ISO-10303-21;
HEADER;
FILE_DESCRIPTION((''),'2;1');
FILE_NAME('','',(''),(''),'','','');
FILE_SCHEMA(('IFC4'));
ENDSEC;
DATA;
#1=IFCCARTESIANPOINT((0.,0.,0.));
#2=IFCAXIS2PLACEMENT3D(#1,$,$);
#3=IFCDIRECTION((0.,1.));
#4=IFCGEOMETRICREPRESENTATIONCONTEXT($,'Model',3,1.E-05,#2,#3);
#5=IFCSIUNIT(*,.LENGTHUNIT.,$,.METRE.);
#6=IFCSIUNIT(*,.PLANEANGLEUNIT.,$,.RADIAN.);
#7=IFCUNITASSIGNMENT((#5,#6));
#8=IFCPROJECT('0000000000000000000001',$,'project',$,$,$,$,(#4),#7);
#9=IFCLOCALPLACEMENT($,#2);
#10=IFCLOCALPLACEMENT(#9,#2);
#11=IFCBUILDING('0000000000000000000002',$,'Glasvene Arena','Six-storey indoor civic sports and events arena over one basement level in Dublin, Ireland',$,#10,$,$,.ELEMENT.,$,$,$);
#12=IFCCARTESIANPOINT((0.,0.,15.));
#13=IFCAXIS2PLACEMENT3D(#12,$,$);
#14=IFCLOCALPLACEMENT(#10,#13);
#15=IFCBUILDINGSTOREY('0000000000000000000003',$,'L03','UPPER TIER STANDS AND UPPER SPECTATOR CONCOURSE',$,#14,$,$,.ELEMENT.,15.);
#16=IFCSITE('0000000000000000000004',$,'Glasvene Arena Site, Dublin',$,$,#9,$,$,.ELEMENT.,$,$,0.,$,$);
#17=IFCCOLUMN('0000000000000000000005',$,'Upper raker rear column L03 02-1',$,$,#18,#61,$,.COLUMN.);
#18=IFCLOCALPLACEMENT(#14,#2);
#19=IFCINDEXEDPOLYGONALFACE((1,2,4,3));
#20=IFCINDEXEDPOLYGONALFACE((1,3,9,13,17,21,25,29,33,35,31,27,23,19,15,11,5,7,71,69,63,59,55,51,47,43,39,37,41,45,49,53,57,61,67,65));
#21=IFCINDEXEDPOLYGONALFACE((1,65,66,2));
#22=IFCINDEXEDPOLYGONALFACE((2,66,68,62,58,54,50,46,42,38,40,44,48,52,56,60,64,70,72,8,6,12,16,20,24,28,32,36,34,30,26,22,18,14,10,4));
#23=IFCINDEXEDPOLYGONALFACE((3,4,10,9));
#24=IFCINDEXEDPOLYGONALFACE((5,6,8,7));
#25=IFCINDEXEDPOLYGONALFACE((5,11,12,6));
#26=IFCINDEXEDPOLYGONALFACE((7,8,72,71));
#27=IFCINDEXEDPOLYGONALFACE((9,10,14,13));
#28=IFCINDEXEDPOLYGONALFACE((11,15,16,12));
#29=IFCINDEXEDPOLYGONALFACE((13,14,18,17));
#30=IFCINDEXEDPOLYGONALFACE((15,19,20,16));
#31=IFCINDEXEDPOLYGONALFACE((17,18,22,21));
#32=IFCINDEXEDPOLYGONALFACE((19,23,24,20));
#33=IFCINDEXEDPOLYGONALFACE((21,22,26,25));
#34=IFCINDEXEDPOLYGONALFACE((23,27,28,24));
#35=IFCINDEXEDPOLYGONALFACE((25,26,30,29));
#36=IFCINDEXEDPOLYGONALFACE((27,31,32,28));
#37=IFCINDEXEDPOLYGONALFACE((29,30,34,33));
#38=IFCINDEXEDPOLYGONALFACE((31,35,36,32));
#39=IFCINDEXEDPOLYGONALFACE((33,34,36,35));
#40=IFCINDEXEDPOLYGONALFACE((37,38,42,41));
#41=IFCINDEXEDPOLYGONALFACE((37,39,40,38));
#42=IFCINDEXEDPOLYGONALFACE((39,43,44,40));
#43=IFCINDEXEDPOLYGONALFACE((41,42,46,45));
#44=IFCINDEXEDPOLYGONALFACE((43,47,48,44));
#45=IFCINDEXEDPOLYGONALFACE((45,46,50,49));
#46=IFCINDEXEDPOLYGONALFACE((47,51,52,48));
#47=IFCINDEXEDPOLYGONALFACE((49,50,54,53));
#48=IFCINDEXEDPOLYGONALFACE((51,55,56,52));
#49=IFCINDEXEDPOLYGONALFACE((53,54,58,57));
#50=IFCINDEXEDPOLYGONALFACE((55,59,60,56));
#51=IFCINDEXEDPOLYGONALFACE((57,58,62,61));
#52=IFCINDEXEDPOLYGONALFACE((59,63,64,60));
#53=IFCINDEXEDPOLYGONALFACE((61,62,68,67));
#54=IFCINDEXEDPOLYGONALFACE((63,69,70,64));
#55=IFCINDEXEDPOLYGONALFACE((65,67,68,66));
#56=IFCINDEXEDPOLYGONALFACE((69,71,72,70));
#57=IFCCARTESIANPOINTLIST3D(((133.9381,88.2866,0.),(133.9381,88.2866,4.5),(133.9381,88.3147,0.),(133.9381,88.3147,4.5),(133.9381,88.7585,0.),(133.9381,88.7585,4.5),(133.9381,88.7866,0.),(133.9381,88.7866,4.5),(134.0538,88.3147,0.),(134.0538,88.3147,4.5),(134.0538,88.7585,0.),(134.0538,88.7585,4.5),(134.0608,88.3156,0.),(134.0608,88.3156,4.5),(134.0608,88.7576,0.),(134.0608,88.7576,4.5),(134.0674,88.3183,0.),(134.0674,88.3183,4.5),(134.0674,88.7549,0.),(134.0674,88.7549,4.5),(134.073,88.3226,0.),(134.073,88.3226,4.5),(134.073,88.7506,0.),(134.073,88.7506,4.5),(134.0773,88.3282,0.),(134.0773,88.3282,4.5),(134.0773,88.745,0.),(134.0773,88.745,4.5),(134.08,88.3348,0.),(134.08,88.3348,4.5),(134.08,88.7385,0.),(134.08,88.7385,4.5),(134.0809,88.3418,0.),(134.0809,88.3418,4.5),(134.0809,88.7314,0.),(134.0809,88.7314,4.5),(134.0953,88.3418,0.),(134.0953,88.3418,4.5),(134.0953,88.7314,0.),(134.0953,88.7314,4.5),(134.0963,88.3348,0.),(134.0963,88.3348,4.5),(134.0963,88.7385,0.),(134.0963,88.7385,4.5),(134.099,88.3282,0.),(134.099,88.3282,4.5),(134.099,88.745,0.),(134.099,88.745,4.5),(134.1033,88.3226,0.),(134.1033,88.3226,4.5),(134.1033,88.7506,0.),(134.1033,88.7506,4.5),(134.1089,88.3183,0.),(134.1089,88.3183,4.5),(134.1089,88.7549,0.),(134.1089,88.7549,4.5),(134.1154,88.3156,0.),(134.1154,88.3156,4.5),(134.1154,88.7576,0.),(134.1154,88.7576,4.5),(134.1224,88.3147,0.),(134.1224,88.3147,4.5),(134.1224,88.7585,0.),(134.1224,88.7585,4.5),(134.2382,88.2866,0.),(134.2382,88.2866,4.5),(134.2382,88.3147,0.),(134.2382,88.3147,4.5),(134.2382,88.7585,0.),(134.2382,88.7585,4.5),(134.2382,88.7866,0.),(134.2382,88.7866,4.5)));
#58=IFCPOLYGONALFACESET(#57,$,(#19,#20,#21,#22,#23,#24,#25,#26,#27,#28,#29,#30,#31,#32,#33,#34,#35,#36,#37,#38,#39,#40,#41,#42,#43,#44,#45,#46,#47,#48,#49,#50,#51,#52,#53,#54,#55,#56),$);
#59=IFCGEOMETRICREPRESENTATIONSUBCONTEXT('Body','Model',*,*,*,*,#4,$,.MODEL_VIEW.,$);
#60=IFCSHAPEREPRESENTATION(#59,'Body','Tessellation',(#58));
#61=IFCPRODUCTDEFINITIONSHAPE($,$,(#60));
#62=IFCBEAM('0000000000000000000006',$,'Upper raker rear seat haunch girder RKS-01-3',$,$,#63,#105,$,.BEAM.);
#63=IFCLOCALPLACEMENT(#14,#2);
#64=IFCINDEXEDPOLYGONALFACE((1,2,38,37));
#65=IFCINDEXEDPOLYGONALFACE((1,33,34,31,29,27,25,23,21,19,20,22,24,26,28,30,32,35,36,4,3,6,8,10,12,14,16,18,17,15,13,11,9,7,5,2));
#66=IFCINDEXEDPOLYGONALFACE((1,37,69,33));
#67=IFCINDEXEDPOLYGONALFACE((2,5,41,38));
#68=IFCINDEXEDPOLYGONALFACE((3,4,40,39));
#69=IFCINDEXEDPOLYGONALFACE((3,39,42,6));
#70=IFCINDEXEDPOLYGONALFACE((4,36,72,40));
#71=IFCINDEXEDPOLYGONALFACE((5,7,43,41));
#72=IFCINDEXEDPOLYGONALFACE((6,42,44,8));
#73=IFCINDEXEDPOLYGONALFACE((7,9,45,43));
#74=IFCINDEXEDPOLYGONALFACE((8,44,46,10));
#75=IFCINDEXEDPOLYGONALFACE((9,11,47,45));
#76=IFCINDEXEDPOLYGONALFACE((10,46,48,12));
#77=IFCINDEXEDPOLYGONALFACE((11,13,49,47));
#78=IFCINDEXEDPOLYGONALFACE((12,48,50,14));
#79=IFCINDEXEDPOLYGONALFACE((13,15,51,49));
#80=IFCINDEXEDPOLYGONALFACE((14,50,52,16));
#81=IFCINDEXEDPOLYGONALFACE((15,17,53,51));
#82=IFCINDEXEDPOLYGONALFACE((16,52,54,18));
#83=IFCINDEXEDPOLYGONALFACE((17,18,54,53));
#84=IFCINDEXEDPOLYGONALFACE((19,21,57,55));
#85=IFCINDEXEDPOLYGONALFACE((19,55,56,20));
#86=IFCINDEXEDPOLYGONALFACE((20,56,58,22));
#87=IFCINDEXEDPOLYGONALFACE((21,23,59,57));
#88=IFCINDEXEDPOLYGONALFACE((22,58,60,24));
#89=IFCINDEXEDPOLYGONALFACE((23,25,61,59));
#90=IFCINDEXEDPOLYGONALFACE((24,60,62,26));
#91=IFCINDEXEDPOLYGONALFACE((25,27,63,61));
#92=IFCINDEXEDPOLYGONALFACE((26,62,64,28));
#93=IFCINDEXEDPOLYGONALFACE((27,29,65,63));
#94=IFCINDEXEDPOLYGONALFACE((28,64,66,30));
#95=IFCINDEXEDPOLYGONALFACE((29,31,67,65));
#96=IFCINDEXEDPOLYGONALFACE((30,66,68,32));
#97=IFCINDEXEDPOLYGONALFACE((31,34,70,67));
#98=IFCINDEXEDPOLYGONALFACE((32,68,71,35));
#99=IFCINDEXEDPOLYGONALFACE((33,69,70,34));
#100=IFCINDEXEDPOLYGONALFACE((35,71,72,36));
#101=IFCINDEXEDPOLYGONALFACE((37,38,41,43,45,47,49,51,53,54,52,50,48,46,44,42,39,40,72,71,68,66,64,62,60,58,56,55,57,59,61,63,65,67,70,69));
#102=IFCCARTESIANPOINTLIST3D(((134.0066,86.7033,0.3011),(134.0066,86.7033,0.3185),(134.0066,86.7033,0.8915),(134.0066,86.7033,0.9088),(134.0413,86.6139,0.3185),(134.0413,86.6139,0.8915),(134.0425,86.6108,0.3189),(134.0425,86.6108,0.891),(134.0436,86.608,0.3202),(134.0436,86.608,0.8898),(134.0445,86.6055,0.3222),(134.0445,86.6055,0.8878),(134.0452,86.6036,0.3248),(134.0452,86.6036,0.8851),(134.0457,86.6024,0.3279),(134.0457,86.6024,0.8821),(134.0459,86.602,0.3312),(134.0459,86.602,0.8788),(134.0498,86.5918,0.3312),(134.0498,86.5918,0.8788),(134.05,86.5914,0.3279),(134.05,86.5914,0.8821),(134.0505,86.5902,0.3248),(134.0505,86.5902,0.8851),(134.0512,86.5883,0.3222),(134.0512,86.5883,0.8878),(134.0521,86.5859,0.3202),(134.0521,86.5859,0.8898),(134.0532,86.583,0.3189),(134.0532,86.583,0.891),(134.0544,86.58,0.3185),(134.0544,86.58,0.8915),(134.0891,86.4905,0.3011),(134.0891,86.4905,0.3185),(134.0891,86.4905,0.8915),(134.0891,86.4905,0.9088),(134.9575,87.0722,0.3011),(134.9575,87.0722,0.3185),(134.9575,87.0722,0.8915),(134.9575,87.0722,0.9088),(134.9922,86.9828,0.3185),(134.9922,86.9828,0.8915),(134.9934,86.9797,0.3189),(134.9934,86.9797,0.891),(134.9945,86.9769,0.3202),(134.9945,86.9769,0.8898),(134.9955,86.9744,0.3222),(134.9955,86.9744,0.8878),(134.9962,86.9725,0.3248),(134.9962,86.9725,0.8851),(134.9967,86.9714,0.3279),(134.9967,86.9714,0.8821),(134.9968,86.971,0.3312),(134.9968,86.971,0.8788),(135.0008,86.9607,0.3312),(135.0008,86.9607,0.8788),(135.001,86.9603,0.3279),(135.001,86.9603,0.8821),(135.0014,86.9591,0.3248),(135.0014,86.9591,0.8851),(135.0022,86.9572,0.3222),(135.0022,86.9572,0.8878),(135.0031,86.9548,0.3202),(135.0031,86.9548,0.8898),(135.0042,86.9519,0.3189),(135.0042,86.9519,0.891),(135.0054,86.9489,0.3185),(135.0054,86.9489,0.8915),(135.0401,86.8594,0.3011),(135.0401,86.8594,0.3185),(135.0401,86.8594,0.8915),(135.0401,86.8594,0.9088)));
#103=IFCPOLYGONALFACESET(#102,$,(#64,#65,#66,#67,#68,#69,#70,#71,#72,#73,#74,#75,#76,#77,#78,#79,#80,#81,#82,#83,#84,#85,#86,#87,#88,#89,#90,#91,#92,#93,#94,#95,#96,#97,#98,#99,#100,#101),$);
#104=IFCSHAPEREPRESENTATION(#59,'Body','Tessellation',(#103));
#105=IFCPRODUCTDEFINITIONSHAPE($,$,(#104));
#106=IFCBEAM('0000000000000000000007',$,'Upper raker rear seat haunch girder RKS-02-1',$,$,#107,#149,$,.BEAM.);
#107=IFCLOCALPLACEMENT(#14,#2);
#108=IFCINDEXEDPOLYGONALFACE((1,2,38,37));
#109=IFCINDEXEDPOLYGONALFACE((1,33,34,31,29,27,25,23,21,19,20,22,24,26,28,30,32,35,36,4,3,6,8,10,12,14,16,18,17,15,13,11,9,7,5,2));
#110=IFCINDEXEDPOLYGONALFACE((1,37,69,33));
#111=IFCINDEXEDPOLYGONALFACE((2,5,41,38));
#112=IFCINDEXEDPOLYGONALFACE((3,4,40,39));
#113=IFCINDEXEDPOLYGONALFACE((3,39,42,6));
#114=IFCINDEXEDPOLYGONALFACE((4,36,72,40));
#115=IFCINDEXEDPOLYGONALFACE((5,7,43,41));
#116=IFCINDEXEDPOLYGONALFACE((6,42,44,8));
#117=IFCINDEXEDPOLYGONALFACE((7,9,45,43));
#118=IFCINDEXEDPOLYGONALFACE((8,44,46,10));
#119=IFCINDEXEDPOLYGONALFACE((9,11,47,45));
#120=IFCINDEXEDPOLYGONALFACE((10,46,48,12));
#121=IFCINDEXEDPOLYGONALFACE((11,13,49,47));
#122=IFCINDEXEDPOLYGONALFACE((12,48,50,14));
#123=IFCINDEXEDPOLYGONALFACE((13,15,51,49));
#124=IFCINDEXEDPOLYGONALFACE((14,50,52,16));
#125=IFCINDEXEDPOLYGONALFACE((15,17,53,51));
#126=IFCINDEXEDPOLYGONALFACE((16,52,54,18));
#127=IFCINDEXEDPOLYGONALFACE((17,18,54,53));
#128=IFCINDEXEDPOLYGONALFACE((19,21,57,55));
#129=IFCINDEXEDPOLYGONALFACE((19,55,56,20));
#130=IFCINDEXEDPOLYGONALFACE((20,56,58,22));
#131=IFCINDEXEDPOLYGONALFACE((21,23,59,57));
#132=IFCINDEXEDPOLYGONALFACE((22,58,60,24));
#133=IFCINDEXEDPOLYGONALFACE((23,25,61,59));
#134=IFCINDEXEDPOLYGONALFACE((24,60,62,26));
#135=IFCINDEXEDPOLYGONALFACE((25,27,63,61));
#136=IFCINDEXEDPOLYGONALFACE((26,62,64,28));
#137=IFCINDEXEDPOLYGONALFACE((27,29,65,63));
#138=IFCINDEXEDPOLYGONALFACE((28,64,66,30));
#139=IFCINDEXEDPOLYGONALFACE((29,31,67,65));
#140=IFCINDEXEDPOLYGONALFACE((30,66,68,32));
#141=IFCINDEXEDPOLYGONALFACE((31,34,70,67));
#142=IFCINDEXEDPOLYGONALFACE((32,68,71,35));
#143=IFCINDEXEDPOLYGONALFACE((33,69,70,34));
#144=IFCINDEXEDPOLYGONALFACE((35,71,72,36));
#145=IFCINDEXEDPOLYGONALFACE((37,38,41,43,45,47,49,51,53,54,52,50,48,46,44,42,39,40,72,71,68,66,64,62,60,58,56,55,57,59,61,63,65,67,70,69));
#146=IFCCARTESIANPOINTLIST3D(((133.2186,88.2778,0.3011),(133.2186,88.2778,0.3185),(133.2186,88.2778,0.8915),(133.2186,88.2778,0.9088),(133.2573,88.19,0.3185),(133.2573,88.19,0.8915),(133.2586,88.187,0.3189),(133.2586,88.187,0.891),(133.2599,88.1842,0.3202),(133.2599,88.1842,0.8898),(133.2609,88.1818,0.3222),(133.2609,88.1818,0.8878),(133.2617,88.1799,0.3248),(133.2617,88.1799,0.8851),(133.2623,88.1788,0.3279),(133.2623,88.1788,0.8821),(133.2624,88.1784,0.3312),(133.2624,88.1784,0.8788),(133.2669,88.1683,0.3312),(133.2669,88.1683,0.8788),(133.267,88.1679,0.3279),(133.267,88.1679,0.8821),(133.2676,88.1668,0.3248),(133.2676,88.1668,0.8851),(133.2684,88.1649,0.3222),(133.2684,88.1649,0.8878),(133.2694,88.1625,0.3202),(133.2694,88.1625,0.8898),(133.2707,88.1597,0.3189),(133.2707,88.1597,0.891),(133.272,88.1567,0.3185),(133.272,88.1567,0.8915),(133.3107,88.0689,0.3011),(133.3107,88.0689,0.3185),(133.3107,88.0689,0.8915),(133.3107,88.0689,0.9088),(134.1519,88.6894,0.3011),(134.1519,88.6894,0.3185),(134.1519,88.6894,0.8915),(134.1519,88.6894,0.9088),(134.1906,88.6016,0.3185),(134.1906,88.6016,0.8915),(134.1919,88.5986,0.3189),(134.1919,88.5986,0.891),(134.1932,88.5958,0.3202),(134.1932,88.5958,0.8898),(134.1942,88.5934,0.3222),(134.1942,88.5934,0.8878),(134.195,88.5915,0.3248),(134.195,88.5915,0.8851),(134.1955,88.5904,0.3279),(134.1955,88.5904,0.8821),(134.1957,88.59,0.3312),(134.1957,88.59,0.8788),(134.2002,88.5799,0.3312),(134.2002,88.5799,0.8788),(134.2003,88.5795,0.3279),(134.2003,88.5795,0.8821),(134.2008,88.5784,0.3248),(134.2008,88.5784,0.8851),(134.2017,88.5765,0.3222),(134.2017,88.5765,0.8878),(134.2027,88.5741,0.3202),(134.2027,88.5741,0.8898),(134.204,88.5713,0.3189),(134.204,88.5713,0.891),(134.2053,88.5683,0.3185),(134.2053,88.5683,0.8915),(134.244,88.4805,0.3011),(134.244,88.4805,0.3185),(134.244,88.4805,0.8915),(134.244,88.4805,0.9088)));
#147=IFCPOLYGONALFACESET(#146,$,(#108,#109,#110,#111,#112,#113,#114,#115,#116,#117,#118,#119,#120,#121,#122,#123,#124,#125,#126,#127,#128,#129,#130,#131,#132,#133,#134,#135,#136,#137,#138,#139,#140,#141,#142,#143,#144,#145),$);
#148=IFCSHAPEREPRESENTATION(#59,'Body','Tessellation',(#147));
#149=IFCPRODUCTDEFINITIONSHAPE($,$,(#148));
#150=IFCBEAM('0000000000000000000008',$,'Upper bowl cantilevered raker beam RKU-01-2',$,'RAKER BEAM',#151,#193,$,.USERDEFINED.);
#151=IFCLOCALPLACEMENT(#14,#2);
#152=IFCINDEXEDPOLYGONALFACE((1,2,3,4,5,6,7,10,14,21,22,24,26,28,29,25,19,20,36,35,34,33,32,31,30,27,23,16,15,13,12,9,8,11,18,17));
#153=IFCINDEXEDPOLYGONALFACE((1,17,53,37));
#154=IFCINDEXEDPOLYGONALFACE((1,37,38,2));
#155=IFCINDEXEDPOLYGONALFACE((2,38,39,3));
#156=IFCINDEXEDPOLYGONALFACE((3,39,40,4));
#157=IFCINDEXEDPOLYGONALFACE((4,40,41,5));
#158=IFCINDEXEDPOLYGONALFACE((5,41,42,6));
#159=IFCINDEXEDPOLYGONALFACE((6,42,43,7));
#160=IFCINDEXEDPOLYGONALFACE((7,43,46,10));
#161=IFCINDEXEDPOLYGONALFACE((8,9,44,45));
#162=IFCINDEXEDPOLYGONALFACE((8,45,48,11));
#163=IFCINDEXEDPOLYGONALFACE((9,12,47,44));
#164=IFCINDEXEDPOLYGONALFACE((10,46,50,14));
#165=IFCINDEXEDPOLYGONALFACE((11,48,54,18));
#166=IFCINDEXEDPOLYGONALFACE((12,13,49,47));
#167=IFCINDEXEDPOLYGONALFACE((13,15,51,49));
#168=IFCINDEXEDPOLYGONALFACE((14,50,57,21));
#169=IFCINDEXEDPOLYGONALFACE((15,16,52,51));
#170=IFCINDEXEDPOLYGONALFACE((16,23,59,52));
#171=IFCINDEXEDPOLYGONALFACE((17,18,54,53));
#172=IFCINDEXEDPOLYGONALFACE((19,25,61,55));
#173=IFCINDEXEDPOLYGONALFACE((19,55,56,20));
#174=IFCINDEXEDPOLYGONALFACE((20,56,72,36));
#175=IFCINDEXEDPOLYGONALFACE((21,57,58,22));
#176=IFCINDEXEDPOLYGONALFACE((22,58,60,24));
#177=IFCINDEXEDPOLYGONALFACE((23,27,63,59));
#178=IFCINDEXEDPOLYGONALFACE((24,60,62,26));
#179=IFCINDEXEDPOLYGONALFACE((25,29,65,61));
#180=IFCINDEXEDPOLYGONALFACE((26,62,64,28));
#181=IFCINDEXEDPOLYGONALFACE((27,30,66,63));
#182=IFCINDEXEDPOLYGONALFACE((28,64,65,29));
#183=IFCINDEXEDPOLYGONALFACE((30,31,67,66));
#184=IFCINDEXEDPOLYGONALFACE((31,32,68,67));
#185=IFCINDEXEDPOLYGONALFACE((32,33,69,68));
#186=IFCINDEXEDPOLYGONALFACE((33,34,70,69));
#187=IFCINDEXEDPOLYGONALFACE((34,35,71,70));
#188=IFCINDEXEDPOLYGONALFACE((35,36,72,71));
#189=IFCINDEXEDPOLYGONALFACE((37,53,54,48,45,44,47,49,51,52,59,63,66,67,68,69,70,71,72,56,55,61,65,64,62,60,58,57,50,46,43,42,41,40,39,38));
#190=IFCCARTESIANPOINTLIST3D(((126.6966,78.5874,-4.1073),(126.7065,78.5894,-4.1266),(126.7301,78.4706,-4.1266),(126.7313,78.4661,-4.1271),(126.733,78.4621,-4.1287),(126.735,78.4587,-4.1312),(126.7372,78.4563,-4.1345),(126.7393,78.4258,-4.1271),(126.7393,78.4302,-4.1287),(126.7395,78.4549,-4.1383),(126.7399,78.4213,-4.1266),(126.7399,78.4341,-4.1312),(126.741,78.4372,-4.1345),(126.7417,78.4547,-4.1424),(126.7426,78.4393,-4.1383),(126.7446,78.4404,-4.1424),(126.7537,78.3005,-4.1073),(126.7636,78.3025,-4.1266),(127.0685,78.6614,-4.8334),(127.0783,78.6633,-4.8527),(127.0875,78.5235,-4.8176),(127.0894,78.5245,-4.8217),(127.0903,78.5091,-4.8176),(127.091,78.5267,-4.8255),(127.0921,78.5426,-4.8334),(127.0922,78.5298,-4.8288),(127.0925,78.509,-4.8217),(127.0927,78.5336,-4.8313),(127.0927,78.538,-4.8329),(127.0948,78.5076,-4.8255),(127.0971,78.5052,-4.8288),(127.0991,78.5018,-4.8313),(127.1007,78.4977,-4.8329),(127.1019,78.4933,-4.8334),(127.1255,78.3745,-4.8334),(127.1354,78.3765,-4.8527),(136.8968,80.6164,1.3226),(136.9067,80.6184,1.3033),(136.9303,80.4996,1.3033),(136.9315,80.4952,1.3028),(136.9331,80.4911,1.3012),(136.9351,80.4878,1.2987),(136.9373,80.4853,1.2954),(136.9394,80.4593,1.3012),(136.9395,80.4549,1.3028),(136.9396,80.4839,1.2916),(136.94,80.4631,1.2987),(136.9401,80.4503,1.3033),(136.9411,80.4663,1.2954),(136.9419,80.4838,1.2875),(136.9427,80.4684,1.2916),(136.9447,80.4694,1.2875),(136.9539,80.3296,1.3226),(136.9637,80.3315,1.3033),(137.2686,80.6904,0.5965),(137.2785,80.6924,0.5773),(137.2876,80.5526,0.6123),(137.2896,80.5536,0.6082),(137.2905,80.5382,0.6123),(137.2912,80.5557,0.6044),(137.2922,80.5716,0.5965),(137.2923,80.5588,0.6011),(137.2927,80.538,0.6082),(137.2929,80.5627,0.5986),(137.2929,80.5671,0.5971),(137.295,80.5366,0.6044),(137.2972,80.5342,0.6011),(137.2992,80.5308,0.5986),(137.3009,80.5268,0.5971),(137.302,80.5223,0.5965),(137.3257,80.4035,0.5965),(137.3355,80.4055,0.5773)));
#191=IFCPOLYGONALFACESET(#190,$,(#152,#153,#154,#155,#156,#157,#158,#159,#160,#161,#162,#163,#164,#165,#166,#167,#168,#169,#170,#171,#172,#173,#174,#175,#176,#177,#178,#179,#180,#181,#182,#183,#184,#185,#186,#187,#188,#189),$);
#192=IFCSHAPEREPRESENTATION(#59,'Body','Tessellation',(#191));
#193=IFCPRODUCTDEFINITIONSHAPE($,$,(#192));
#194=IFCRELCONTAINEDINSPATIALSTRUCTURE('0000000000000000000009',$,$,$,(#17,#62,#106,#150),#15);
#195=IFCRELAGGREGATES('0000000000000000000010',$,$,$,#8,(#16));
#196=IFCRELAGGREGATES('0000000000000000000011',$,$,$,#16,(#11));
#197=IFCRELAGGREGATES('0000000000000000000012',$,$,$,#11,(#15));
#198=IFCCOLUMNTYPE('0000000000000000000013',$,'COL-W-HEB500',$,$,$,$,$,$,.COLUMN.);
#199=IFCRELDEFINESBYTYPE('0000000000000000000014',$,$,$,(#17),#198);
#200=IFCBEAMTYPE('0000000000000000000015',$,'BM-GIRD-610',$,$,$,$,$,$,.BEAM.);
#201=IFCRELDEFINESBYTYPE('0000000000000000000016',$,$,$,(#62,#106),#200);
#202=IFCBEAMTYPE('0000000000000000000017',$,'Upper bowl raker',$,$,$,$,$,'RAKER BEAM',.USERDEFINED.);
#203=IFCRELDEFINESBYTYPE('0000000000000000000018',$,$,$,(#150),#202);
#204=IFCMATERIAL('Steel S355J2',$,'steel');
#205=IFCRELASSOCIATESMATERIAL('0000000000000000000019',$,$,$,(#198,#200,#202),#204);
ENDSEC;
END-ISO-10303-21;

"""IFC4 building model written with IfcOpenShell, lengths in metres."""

from ifc_helpers import new_model, si_unit, direction, frame, origin, origin_2d, place, context, subcontext, project, spatial, i_section, extrude, material, material_profile, profile_set, type_object, element, save


model = new_model("IFC4")

# Units and contexts
model_context = context("Model", 3, precision=1e-05, world=origin(), true_north=direction((0.0, 1.0)))
body_context = subcontext(model_context, "Body", "Model", "MODEL_VIEW")
ifc_project = project(units=[si_unit("LENGTHUNIT", "METRE"), si_unit("PLANEANGLEUNIT", "RADIAN")], contexts=[model_context])

# Site, building, storey
site_placement = place(None, origin())
site = spatial("IfcSite", under=ifc_project, at=site_placement, Name="Glasvene Arena Site, Dublin", CompositionType="ELEMENT", RefElevation=0.0)
building_placement = place(site_placement, origin())
building = spatial("IfcBuilding", under=site, at=building_placement, Name="Glasvene Arena", Description="Six-storey indoor civic sports and events arena over one basement level in Dublin, Ireland", CompositionType="ELEMENT")
storey_placement = place(building_placement, frame((0.0, 0.0, 15.0)))
storey = spatial("IfcBuildingStorey", under=building, at=storey_placement, Name="L03", Description="UPPER TIER STANDS AND UPPER SPECTATOR CONCOURSE", CompositionType="ELEMENT", Elevation=15.0)

# Column
ifc_material_1 = material(Name="Steel S355J2", Category="steel")
ifc_material_profile_1 = material_profile(ifc_material_1, i_section(OverallWidth=0.3, OverallDepth=0.5, WebThickness=0.0144, FlangeThickness=0.0281, FilletRadius=0.0271, at=origin_2d()), Name="HEB 500")
ifc_profile_set_1 = profile_set([ifc_material_profile_1], Name="Steel S355J2")
column_type = type_object("IfcColumnType", Name="COL-W-HEB500", PredefinedType="COLUMN", material=ifc_profile_set_1)
column_placement = place(storey_placement, frame((134.0881, 88.5366, 0.0), z_axis=(0.0, 0.0, 1.0), x_axis=(1.0, 0.0, 0.0)))
element("IfcColumn", 1, at=column_placement, inside=storey, type_object=column_type, Name="Upper raker rear column L03 02-1", PredefinedType="COLUMN", context=body_context, shape_type="SweptSolid", body=[
    extrude(i_section(OverallWidth=0.3, OverallDepth=0.5, WebThickness=0.0144, FlangeThickness=0.0281, FilletRadius=0.0271, at=origin_2d()), origin(), (0.0, 0.0, 1.0), 4.5),
])

# Beams
ifc_material_profile_2 = material_profile(ifc_material_1, i_section(OverallWidth=0.2283, OverallDepth=0.6077, WebThickness=0.011, FlangeThickness=0.0173, FilletRadius=0.0127, at=origin_2d()), Name="UKB 610x229x113")
ifc_profile_set_2 = profile_set([ifc_material_profile_2], Name="Steel S355J2")
beam_type_1 = type_object("IfcBeamType", Name="BM-GIRD-610", PredefinedType="BEAM", material=ifc_profile_set_2)
for number, where, z_axis, x_axis, name in (
    (2, (134.0479, 86.5969, 0.605), (0.932305, 0.361672, 0.0), (-0.361672, 0.932305, 0.0), "Upper raker rear seat haunch girder RKS-01-3"),
    (3, (133.2646, 88.1733, 0.605), (0.914972, 0.403516, 0.0), (-0.403516, 0.914972, 0.0), "Upper raker rear seat haunch girder RKS-02-1"),
):
    element("IfcBeam", number, at=place(storey_placement, frame(where, z_axis=z_axis, x_axis=x_axis)), inside=storey, type_object=beam_type_1, Name=name, PredefinedType="BEAM", context=body_context, shape_type="SweptSolid", body=[
        extrude(i_section(OverallWidth=0.2283, OverallDepth=0.6077, WebThickness=0.011, FlangeThickness=0.0173, FilletRadius=0.0127, at=origin_2d()), origin(), (0.0, 0.0, 1.0), 1.02),
    ])
ifc_material_profile_3 = material_profile(ifc_material_1, i_section(OverallWidth=0.2925, OverallDepth=0.8408, WebThickness=0.0146, FlangeThickness=0.0217, FilletRadius=0.0178, at=origin_2d()), Name="UKB 838x292x194")
ifc_profile_set_3 = profile_set([ifc_material_profile_3], Name="Steel S355J2")
beam_type_2 = type_object("IfcBeamType", Name="Upper bowl raker", ElementType="RAKER BEAM", PredefinedType="USERDEFINED", material=ifc_profile_set_3)
beam_1_placement = place(storey_placement, frame((126.916, 78.4819, -4.48), z_axis=(0.869417, 0.172947, 0.462822), x_axis=(-0.1951, 0.980783, 0.0)))
element("IfcBeam", 4, at=beam_1_placement, inside=storey, type_object=beam_type_2, Name="Upper bowl cantilevered raker beam RKU-01-2", ObjectType="RAKER BEAM", PredefinedType="USERDEFINED", context=body_context, shape_type="SweptSolid", body=[
    extrude(i_section(OverallWidth=0.2925, OverallDepth=0.8408, WebThickness=0.0146, FlangeThickness=0.0217, FilletRadius=0.0178, at=origin_2d()), origin(), (0.0, 0.0, 1.0), 11.7322),
])

save(model, "model.ifc")
